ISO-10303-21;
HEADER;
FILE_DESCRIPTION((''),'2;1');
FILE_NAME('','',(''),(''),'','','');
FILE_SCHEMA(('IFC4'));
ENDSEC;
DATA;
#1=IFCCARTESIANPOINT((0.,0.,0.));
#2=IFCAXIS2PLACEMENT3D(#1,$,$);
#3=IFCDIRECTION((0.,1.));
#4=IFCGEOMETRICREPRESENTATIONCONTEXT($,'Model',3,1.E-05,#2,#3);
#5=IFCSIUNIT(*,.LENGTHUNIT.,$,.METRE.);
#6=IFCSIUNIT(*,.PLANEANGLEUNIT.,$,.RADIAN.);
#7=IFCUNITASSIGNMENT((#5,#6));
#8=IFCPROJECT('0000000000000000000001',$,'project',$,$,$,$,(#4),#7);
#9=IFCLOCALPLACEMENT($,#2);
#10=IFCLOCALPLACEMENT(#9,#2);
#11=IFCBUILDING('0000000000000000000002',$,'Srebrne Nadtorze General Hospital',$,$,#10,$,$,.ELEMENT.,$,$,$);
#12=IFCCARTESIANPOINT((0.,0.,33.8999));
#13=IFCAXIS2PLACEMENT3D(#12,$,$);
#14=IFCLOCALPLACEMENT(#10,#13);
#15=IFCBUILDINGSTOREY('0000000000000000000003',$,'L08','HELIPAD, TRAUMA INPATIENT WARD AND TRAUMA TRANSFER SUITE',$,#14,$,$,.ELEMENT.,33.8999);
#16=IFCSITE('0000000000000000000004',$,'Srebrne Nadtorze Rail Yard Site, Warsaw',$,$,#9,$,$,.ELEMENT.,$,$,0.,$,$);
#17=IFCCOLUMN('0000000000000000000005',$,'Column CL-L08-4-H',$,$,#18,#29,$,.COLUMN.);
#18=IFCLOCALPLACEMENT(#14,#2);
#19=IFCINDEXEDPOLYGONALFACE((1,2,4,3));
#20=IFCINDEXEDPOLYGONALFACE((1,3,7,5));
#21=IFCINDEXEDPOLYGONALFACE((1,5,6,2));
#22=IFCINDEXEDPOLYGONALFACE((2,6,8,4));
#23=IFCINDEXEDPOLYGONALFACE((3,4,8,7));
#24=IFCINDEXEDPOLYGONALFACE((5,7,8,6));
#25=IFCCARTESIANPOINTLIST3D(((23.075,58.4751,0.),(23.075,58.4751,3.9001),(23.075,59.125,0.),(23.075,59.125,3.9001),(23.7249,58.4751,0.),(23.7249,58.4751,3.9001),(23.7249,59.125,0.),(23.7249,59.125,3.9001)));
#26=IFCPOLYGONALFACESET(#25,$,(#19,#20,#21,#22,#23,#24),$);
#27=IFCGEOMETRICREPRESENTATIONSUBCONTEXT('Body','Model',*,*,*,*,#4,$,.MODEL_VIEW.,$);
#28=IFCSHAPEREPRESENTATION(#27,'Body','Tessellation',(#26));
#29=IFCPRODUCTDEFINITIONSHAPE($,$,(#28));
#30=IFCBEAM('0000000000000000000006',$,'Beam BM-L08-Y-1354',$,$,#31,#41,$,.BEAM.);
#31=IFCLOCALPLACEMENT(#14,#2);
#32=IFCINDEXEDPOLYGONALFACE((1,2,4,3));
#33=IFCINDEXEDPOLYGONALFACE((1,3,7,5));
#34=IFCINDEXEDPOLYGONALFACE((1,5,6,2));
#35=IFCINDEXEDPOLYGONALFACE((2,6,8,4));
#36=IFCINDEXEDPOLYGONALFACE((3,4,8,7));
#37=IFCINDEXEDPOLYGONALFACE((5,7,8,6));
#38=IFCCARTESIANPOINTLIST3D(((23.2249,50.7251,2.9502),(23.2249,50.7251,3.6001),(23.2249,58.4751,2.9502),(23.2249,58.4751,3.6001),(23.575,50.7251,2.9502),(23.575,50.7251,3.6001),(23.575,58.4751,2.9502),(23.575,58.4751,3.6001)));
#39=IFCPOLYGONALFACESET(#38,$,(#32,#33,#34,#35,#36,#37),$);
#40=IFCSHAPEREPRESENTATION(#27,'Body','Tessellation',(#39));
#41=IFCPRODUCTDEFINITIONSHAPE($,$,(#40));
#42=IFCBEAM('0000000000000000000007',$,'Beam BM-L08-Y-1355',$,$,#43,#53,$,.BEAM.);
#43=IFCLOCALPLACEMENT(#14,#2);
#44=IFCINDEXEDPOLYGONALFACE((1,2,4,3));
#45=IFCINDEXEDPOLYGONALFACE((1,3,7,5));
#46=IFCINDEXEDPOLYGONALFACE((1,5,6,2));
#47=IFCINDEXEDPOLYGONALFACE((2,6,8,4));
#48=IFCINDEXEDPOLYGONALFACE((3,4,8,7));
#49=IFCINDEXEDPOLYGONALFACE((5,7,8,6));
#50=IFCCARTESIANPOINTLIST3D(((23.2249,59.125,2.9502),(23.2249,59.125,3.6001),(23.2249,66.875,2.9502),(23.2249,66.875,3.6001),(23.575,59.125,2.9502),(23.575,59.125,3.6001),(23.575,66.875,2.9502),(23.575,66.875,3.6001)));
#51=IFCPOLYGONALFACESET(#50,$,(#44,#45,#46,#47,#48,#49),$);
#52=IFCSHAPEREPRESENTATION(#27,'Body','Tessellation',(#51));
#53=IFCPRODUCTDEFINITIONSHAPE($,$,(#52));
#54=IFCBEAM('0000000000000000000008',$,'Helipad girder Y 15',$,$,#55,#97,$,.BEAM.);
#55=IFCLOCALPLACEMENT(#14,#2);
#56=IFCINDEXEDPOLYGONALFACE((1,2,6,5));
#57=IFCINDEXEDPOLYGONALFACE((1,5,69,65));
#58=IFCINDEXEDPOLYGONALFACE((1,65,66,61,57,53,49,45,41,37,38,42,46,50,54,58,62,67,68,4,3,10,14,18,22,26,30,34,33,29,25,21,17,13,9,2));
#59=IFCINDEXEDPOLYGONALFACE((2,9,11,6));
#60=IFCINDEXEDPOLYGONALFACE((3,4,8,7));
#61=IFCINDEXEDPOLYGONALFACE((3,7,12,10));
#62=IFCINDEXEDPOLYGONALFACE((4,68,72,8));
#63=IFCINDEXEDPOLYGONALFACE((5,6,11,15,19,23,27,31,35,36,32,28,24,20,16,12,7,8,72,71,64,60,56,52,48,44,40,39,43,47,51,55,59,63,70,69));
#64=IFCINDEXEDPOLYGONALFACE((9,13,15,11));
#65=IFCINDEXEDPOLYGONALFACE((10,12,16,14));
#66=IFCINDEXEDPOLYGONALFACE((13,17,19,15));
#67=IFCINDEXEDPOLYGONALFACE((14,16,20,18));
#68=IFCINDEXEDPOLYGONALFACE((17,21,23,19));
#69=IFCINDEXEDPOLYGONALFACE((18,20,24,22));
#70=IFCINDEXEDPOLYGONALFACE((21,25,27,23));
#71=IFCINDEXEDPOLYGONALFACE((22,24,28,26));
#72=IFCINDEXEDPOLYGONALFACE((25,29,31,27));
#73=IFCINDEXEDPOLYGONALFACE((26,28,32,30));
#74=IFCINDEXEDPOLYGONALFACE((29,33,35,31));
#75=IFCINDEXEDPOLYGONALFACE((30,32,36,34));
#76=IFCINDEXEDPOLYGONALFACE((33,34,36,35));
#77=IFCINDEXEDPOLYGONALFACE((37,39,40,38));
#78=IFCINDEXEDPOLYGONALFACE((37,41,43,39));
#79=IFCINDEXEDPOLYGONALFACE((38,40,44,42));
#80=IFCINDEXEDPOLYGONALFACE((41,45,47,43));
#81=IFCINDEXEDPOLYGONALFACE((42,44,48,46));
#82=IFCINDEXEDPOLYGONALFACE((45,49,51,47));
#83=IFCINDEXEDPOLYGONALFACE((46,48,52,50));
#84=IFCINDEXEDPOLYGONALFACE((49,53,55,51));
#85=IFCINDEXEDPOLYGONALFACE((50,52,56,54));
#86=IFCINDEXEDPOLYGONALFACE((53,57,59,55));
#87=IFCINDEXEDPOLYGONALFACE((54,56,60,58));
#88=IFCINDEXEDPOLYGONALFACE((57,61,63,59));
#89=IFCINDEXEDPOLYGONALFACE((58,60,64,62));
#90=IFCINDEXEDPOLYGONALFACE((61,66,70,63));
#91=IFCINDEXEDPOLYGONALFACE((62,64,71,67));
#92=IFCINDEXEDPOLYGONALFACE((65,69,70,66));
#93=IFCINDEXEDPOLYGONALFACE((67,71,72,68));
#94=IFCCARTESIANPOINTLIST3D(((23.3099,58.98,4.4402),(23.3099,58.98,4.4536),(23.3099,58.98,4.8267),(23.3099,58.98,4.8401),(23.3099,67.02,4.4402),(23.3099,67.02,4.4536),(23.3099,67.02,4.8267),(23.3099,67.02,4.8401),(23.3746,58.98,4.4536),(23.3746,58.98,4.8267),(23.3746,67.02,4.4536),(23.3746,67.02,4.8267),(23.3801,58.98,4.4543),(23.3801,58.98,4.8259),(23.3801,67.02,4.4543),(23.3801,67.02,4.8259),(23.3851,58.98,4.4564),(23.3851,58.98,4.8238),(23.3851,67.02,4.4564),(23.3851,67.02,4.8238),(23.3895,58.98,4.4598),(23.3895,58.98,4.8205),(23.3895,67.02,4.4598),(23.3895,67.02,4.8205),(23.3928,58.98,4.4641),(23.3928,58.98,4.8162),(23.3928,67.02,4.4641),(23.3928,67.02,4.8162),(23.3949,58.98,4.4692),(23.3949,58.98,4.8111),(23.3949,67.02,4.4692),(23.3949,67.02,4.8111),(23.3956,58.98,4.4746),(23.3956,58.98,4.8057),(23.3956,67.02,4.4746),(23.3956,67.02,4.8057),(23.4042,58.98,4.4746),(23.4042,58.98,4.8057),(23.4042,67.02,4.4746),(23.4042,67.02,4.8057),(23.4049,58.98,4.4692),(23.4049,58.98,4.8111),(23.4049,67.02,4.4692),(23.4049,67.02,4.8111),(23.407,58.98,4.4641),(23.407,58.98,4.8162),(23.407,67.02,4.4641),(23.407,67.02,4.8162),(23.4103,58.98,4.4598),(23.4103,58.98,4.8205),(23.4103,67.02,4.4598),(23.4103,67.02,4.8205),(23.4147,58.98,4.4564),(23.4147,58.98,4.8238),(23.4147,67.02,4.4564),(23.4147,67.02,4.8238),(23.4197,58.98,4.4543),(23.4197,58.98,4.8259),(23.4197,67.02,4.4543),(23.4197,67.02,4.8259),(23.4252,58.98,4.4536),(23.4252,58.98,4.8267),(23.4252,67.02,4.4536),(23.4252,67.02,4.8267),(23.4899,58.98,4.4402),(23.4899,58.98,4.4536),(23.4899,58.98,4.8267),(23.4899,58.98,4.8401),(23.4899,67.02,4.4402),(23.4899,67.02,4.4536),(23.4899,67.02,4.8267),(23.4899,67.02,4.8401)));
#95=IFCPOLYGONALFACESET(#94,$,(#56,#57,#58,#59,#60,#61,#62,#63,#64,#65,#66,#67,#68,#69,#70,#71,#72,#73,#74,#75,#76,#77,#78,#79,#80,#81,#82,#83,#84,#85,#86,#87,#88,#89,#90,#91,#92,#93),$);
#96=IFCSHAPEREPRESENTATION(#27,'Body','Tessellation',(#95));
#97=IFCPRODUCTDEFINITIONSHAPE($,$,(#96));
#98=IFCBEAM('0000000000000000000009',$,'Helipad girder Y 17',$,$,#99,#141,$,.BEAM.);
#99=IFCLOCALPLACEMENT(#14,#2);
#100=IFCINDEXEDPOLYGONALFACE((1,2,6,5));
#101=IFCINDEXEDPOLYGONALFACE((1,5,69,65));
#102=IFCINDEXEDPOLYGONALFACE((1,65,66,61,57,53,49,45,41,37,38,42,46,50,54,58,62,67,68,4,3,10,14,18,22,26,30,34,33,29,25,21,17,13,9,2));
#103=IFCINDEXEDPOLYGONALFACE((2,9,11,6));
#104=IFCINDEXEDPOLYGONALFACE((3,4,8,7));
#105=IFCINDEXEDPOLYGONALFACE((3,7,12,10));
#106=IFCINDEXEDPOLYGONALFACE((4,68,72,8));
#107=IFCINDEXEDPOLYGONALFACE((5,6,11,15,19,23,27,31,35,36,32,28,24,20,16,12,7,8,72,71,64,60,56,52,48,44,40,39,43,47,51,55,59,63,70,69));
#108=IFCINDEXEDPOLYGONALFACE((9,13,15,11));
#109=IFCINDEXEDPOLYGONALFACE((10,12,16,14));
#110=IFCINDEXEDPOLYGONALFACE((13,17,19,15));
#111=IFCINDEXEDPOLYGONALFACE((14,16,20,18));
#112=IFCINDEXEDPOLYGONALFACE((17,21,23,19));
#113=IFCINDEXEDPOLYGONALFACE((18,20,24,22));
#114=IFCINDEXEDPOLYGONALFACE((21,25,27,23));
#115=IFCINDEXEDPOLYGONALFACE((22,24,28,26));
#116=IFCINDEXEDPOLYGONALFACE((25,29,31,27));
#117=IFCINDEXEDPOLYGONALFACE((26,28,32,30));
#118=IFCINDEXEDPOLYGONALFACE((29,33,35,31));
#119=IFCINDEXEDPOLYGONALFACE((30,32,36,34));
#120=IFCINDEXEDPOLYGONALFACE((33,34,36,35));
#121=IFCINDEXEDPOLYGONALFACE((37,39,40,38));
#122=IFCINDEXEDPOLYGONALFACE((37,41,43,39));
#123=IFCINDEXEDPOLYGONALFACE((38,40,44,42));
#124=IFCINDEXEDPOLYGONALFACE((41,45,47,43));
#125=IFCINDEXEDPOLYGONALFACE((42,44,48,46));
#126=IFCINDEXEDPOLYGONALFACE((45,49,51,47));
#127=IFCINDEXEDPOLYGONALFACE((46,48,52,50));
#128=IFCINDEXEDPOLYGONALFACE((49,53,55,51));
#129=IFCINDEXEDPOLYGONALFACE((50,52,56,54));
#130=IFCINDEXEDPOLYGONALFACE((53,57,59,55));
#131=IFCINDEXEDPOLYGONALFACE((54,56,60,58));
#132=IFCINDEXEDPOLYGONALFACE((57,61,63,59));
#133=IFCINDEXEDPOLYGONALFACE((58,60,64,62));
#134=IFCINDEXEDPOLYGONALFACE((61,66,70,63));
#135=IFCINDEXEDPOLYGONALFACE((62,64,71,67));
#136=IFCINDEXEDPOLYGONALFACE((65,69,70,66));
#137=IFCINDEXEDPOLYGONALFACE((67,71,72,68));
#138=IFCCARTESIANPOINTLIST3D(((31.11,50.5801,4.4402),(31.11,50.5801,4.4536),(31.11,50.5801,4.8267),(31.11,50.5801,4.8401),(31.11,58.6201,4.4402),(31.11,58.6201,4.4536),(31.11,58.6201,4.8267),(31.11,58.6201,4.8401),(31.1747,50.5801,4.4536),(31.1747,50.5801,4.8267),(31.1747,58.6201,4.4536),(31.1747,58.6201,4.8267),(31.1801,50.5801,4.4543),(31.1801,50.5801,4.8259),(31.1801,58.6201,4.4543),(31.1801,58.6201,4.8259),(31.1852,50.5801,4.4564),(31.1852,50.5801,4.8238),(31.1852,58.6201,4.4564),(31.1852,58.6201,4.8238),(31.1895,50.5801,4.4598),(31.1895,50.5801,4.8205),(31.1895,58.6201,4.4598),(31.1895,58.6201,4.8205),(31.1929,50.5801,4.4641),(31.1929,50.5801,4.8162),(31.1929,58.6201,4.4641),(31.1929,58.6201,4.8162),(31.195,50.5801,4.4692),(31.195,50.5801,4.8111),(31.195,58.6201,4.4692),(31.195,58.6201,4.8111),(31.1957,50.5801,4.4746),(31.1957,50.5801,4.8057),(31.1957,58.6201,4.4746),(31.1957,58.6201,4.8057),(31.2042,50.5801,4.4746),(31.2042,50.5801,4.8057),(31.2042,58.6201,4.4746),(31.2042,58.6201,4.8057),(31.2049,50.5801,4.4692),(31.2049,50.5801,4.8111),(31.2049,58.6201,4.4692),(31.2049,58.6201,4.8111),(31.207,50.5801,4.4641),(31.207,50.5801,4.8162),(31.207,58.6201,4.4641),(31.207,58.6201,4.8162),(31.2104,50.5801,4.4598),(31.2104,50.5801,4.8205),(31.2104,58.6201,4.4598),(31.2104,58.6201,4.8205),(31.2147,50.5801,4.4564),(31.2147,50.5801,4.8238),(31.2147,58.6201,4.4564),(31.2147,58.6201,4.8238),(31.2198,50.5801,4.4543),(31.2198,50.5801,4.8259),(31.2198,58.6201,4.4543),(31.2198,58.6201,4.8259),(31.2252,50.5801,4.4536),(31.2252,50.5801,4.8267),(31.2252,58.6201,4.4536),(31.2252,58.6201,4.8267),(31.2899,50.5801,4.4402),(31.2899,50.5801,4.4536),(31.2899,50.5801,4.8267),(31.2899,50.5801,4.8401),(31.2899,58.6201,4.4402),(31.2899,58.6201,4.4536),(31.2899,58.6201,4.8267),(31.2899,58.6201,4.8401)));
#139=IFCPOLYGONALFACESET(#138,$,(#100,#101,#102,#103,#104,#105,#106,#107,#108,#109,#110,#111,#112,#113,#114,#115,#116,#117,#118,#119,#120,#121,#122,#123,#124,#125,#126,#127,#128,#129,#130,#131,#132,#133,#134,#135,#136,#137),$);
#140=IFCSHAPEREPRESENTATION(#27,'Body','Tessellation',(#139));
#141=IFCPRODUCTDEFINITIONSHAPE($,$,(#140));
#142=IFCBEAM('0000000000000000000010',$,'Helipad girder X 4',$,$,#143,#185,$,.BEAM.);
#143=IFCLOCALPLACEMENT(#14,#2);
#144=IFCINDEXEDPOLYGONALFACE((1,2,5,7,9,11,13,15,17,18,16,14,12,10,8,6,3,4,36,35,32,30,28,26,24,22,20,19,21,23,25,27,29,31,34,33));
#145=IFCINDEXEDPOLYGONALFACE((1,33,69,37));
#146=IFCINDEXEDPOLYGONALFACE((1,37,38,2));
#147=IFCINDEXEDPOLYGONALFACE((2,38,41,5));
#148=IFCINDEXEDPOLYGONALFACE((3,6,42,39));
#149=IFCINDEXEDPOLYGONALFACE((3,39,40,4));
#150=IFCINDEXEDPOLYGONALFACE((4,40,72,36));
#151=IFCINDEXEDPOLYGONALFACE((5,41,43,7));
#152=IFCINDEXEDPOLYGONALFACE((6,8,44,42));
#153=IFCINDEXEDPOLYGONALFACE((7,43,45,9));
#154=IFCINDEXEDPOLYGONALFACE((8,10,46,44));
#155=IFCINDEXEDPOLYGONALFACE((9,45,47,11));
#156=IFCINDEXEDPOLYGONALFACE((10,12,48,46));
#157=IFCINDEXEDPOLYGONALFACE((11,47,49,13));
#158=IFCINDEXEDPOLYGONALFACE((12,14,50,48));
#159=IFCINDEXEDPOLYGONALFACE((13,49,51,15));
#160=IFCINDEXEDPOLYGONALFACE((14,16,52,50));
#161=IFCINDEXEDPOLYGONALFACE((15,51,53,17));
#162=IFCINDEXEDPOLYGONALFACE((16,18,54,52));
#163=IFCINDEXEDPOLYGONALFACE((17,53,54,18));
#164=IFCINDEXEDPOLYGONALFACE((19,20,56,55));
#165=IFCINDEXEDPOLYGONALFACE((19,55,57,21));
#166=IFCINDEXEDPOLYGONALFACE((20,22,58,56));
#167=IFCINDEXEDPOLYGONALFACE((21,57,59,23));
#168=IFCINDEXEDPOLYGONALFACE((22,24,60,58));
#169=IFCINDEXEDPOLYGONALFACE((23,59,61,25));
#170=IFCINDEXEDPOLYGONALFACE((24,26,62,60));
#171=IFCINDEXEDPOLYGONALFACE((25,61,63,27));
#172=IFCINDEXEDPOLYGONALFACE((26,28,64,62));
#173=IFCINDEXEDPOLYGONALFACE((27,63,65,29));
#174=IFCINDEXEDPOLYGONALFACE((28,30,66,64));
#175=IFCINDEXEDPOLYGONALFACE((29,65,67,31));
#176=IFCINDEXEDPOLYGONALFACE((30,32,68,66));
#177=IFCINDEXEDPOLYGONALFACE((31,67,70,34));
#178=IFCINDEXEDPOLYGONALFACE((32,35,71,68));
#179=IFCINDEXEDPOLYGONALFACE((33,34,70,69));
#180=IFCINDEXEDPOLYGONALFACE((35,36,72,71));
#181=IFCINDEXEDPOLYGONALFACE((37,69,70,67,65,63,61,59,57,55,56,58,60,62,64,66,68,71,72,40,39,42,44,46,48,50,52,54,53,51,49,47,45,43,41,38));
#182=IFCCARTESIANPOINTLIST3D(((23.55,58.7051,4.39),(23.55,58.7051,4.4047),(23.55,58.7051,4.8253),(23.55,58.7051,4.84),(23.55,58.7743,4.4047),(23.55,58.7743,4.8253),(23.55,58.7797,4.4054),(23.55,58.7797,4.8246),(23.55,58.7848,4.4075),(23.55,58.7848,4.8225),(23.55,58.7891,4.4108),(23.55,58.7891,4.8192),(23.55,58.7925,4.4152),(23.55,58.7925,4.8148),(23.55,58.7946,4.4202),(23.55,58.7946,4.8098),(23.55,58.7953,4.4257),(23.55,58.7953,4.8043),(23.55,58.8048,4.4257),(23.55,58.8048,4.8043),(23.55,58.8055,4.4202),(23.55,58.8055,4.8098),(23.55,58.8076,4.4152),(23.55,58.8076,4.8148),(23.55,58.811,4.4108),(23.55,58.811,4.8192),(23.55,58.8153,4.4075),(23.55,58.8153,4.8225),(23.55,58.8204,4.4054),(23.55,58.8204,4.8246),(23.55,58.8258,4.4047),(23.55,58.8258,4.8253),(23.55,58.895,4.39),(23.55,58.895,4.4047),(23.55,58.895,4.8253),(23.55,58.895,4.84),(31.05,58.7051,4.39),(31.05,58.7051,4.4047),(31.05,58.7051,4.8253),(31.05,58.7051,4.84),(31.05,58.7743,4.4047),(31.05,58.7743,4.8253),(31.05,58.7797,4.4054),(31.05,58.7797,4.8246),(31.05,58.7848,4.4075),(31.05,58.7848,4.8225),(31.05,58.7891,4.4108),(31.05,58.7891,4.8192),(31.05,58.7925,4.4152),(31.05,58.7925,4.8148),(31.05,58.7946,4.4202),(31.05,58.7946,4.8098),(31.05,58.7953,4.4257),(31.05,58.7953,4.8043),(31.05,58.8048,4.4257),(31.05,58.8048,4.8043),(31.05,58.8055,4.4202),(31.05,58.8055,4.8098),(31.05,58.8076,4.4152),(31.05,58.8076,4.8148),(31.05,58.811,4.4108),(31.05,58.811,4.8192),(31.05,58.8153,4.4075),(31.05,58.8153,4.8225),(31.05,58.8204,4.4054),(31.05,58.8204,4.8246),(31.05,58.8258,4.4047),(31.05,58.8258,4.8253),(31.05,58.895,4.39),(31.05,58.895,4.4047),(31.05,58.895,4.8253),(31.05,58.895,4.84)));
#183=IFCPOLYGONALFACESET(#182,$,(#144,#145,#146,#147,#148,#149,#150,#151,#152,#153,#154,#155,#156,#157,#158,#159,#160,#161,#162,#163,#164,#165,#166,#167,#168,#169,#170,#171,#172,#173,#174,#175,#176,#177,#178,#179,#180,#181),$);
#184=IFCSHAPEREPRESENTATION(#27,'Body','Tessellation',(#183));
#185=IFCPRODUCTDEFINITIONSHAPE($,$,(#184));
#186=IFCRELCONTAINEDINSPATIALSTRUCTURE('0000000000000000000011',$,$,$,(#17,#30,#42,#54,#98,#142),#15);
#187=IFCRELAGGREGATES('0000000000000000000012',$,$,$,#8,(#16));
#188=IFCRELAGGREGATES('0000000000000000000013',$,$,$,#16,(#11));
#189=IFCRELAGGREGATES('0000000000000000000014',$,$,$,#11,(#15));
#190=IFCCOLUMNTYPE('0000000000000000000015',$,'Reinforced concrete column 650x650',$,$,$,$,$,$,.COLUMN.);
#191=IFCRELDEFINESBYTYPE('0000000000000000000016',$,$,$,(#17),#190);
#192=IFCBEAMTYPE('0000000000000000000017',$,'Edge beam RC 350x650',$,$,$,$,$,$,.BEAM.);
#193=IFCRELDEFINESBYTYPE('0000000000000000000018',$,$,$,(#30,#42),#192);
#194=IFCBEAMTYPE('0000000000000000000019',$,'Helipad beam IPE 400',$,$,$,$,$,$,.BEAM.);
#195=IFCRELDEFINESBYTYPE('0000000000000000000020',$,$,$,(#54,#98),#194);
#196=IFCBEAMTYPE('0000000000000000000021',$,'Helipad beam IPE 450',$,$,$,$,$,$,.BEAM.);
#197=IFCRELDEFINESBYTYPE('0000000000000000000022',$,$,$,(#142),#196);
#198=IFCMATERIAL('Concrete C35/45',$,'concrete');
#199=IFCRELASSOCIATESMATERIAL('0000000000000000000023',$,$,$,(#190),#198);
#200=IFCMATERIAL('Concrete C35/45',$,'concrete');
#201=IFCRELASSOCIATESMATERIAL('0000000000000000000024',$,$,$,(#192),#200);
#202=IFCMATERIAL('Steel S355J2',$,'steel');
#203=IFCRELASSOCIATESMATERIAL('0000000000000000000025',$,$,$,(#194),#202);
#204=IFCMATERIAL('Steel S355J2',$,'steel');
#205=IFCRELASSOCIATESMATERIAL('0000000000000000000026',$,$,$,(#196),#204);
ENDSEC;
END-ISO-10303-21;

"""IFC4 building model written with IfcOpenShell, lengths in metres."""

from ifc_helpers import new_model, si_unit, direction, frame, origin, origin_2d, place, context, subcontext, project, spatial, rectangle, i_section, extrude, material, material_profile, profile_set, type_object, element, save


model = new_model("IFC4")

# Units and contexts
model_context = context("Model", 3, precision=1e-05, world=origin(), true_north=direction((0.0, 1.0)))
body_context = subcontext(model_context, "Body", "Model", "MODEL_VIEW")
ifc_project = project(units=[si_unit("LENGTHUNIT", "METRE"), si_unit("PLANEANGLEUNIT", "RADIAN")], contexts=[model_context])

# Site, building, storey
site_placement = place(None, origin())
site = spatial("IfcSite", under=ifc_project, at=site_placement, Name="Srebrne Nadtorze Rail Yard Site, Warsaw", CompositionType="ELEMENT", RefElevation=0.0)
building_placement = place(site_placement, origin())
building = spatial("IfcBuilding", under=site, at=building_placement, Name="Srebrne Nadtorze General Hospital", CompositionType="ELEMENT")
storey_placement = place(building_placement, frame((0.0, 0.0, 33.8999)))
storey = spatial("IfcBuildingStorey", under=building, at=storey_placement, Name="L08", Description="HELIPAD, TRAUMA INPATIENT WARD AND TRAUMA TRANSFER SUITE", CompositionType="ELEMENT", Elevation=33.8999)

# Column
ifc_material_1 = material(Name="Concrete C35/45", Category="concrete")
ifc_material_profile_1 = material_profile(ifc_material_1, rectangle(XDim=0.6499, YDim=0.6499, at=origin_2d()), Name="RC-COL-650x650")
ifc_profile_set_1 = profile_set([ifc_material_profile_1], Name="Concrete C35/45")
column_type = type_object("IfcColumnType", Name="Reinforced concrete column 650x650", PredefinedType="COLUMN", material=ifc_profile_set_1)
column_placement = place(storey_placement, frame((23.3999, 58.8, 0.0), z_axis=(0.0, 0.0, 1.0), x_axis=(1.0, 0.0, 0.0)))
element("IfcColumn", 1, at=column_placement, inside=storey, type_object=column_type, Name="Column CL-L08-4-H", PredefinedType="COLUMN", context=body_context, shape_type="SweptSolid", body=[
    extrude(rectangle(XDim=0.6499, YDim=0.6499, at=origin_2d()), origin(), (0.0, 0.0, 1.0), 3.9001),
])

# Beams
ifc_material_2 = material(Name="Concrete C35/45", Category="concrete")
ifc_material_profile_2 = material_profile(ifc_material_2, rectangle(XDim=0.3501, YDim=0.6499, at=origin_2d()), Name="RC-BM-350x650")
ifc_profile_set_2 = profile_set([ifc_material_profile_2], Name="Concrete C35/45")
beam_type_1 = type_object("IfcBeamType", Name="Edge beam RC 350x650", PredefinedType="BEAM", material=ifc_profile_set_2)
for number, where, z_axis, x_axis, name in (
    (2, (23.3999, 50.7251, 3.2751), (0.0, 1.0, 0.0), (-1.0, 0.0, 0.0), "Beam BM-L08-Y-1354"),
    (3, (23.3999, 59.125, 3.2751), (0.0, 1.0, 0.0), (-1.0, 0.0, 0.0), "Beam BM-L08-Y-1355"),
):
    element("IfcBeam", number, at=place(storey_placement, frame(where, z_axis=z_axis, x_axis=x_axis)), inside=storey, type_object=beam_type_1, Name=name, PredefinedType="BEAM", context=body_context, shape_type="SweptSolid", body=[
        extrude(rectangle(XDim=0.3501, YDim=0.6499, at=origin_2d()), origin(), (0.0, 0.0, 1.0), 7.75),
    ])
ifc_material_3 = material(Name="Steel S355J2", Category="steel")
ifc_material_profile_3 = material_profile(ifc_material_3, i_section(OverallWidth=0.1799, OverallDepth=0.3999, WebThickness=0.0085, FlangeThickness=0.0134, FilletRadius=0.021, at=origin_2d()), Name="IPE-400")
ifc_profile_set_3 = profile_set([ifc_material_profile_3], Name="Steel S355J2")
beam_type_2 = type_object("IfcBeamType", Name="Helipad beam IPE 400", PredefinedType="BEAM", material=ifc_profile_set_3)
for number, where, z_axis, x_axis, name in (
    (4, (23.3999, 58.98, 4.6401), (0.0, 1.0, 0.0), (-1.0, 0.0, 0.0), "Helipad girder Y 15"),
    (5, (31.2, 50.5801, 4.6401), (0.0, 1.0, 0.0), (-1.0, 0.0, 0.0), "Helipad girder Y 17"),
):
    element("IfcBeam", number, at=place(storey_placement, frame(where, z_axis=z_axis, x_axis=x_axis)), inside=storey, type_object=beam_type_2, Name=name, PredefinedType="BEAM", context=body_context, shape_type="SweptSolid", body=[
        extrude(i_section(OverallWidth=0.1799, OverallDepth=0.3999, WebThickness=0.0085, FlangeThickness=0.0134, FilletRadius=0.021, at=origin_2d()), origin(), (0.0, 0.0, 1.0), 8.04),
    ])
ifc_material_4 = material(Name="Steel S355J2", Category="steel")
ifc_material_profile_4 = material_profile(ifc_material_4, i_section(OverallWidth=0.1899, OverallDepth=0.45, WebThickness=0.0095, FlangeThickness=0.0146, FilletRadius=0.021, at=origin_2d()), Name="IPE-450")
ifc_profile_set_4 = profile_set([ifc_material_profile_4], Name="Steel S355J2")
beam_type_3 = type_object("IfcBeamType", Name="Helipad beam IPE 450", PredefinedType="BEAM", material=ifc_profile_set_4)
beam_1_placement = place(storey_placement, frame((23.55, 58.8, 4.615), z_axis=(1.0, 0.0, 0.0), x_axis=(0.0, 1.0, 0.0)))
element("IfcBeam", 6, at=beam_1_placement, inside=storey, type_object=beam_type_3, Name="Helipad girder X 4", PredefinedType="BEAM", context=body_context, shape_type="SweptSolid", body=[
    extrude(i_section(OverallWidth=0.1899, OverallDepth=0.45, WebThickness=0.0095, FlangeThickness=0.0146, FilletRadius=0.021, at=origin_2d()), origin(), (0.0, 0.0, 1.0), 7.5),
])

save(model, "model.ifc")
